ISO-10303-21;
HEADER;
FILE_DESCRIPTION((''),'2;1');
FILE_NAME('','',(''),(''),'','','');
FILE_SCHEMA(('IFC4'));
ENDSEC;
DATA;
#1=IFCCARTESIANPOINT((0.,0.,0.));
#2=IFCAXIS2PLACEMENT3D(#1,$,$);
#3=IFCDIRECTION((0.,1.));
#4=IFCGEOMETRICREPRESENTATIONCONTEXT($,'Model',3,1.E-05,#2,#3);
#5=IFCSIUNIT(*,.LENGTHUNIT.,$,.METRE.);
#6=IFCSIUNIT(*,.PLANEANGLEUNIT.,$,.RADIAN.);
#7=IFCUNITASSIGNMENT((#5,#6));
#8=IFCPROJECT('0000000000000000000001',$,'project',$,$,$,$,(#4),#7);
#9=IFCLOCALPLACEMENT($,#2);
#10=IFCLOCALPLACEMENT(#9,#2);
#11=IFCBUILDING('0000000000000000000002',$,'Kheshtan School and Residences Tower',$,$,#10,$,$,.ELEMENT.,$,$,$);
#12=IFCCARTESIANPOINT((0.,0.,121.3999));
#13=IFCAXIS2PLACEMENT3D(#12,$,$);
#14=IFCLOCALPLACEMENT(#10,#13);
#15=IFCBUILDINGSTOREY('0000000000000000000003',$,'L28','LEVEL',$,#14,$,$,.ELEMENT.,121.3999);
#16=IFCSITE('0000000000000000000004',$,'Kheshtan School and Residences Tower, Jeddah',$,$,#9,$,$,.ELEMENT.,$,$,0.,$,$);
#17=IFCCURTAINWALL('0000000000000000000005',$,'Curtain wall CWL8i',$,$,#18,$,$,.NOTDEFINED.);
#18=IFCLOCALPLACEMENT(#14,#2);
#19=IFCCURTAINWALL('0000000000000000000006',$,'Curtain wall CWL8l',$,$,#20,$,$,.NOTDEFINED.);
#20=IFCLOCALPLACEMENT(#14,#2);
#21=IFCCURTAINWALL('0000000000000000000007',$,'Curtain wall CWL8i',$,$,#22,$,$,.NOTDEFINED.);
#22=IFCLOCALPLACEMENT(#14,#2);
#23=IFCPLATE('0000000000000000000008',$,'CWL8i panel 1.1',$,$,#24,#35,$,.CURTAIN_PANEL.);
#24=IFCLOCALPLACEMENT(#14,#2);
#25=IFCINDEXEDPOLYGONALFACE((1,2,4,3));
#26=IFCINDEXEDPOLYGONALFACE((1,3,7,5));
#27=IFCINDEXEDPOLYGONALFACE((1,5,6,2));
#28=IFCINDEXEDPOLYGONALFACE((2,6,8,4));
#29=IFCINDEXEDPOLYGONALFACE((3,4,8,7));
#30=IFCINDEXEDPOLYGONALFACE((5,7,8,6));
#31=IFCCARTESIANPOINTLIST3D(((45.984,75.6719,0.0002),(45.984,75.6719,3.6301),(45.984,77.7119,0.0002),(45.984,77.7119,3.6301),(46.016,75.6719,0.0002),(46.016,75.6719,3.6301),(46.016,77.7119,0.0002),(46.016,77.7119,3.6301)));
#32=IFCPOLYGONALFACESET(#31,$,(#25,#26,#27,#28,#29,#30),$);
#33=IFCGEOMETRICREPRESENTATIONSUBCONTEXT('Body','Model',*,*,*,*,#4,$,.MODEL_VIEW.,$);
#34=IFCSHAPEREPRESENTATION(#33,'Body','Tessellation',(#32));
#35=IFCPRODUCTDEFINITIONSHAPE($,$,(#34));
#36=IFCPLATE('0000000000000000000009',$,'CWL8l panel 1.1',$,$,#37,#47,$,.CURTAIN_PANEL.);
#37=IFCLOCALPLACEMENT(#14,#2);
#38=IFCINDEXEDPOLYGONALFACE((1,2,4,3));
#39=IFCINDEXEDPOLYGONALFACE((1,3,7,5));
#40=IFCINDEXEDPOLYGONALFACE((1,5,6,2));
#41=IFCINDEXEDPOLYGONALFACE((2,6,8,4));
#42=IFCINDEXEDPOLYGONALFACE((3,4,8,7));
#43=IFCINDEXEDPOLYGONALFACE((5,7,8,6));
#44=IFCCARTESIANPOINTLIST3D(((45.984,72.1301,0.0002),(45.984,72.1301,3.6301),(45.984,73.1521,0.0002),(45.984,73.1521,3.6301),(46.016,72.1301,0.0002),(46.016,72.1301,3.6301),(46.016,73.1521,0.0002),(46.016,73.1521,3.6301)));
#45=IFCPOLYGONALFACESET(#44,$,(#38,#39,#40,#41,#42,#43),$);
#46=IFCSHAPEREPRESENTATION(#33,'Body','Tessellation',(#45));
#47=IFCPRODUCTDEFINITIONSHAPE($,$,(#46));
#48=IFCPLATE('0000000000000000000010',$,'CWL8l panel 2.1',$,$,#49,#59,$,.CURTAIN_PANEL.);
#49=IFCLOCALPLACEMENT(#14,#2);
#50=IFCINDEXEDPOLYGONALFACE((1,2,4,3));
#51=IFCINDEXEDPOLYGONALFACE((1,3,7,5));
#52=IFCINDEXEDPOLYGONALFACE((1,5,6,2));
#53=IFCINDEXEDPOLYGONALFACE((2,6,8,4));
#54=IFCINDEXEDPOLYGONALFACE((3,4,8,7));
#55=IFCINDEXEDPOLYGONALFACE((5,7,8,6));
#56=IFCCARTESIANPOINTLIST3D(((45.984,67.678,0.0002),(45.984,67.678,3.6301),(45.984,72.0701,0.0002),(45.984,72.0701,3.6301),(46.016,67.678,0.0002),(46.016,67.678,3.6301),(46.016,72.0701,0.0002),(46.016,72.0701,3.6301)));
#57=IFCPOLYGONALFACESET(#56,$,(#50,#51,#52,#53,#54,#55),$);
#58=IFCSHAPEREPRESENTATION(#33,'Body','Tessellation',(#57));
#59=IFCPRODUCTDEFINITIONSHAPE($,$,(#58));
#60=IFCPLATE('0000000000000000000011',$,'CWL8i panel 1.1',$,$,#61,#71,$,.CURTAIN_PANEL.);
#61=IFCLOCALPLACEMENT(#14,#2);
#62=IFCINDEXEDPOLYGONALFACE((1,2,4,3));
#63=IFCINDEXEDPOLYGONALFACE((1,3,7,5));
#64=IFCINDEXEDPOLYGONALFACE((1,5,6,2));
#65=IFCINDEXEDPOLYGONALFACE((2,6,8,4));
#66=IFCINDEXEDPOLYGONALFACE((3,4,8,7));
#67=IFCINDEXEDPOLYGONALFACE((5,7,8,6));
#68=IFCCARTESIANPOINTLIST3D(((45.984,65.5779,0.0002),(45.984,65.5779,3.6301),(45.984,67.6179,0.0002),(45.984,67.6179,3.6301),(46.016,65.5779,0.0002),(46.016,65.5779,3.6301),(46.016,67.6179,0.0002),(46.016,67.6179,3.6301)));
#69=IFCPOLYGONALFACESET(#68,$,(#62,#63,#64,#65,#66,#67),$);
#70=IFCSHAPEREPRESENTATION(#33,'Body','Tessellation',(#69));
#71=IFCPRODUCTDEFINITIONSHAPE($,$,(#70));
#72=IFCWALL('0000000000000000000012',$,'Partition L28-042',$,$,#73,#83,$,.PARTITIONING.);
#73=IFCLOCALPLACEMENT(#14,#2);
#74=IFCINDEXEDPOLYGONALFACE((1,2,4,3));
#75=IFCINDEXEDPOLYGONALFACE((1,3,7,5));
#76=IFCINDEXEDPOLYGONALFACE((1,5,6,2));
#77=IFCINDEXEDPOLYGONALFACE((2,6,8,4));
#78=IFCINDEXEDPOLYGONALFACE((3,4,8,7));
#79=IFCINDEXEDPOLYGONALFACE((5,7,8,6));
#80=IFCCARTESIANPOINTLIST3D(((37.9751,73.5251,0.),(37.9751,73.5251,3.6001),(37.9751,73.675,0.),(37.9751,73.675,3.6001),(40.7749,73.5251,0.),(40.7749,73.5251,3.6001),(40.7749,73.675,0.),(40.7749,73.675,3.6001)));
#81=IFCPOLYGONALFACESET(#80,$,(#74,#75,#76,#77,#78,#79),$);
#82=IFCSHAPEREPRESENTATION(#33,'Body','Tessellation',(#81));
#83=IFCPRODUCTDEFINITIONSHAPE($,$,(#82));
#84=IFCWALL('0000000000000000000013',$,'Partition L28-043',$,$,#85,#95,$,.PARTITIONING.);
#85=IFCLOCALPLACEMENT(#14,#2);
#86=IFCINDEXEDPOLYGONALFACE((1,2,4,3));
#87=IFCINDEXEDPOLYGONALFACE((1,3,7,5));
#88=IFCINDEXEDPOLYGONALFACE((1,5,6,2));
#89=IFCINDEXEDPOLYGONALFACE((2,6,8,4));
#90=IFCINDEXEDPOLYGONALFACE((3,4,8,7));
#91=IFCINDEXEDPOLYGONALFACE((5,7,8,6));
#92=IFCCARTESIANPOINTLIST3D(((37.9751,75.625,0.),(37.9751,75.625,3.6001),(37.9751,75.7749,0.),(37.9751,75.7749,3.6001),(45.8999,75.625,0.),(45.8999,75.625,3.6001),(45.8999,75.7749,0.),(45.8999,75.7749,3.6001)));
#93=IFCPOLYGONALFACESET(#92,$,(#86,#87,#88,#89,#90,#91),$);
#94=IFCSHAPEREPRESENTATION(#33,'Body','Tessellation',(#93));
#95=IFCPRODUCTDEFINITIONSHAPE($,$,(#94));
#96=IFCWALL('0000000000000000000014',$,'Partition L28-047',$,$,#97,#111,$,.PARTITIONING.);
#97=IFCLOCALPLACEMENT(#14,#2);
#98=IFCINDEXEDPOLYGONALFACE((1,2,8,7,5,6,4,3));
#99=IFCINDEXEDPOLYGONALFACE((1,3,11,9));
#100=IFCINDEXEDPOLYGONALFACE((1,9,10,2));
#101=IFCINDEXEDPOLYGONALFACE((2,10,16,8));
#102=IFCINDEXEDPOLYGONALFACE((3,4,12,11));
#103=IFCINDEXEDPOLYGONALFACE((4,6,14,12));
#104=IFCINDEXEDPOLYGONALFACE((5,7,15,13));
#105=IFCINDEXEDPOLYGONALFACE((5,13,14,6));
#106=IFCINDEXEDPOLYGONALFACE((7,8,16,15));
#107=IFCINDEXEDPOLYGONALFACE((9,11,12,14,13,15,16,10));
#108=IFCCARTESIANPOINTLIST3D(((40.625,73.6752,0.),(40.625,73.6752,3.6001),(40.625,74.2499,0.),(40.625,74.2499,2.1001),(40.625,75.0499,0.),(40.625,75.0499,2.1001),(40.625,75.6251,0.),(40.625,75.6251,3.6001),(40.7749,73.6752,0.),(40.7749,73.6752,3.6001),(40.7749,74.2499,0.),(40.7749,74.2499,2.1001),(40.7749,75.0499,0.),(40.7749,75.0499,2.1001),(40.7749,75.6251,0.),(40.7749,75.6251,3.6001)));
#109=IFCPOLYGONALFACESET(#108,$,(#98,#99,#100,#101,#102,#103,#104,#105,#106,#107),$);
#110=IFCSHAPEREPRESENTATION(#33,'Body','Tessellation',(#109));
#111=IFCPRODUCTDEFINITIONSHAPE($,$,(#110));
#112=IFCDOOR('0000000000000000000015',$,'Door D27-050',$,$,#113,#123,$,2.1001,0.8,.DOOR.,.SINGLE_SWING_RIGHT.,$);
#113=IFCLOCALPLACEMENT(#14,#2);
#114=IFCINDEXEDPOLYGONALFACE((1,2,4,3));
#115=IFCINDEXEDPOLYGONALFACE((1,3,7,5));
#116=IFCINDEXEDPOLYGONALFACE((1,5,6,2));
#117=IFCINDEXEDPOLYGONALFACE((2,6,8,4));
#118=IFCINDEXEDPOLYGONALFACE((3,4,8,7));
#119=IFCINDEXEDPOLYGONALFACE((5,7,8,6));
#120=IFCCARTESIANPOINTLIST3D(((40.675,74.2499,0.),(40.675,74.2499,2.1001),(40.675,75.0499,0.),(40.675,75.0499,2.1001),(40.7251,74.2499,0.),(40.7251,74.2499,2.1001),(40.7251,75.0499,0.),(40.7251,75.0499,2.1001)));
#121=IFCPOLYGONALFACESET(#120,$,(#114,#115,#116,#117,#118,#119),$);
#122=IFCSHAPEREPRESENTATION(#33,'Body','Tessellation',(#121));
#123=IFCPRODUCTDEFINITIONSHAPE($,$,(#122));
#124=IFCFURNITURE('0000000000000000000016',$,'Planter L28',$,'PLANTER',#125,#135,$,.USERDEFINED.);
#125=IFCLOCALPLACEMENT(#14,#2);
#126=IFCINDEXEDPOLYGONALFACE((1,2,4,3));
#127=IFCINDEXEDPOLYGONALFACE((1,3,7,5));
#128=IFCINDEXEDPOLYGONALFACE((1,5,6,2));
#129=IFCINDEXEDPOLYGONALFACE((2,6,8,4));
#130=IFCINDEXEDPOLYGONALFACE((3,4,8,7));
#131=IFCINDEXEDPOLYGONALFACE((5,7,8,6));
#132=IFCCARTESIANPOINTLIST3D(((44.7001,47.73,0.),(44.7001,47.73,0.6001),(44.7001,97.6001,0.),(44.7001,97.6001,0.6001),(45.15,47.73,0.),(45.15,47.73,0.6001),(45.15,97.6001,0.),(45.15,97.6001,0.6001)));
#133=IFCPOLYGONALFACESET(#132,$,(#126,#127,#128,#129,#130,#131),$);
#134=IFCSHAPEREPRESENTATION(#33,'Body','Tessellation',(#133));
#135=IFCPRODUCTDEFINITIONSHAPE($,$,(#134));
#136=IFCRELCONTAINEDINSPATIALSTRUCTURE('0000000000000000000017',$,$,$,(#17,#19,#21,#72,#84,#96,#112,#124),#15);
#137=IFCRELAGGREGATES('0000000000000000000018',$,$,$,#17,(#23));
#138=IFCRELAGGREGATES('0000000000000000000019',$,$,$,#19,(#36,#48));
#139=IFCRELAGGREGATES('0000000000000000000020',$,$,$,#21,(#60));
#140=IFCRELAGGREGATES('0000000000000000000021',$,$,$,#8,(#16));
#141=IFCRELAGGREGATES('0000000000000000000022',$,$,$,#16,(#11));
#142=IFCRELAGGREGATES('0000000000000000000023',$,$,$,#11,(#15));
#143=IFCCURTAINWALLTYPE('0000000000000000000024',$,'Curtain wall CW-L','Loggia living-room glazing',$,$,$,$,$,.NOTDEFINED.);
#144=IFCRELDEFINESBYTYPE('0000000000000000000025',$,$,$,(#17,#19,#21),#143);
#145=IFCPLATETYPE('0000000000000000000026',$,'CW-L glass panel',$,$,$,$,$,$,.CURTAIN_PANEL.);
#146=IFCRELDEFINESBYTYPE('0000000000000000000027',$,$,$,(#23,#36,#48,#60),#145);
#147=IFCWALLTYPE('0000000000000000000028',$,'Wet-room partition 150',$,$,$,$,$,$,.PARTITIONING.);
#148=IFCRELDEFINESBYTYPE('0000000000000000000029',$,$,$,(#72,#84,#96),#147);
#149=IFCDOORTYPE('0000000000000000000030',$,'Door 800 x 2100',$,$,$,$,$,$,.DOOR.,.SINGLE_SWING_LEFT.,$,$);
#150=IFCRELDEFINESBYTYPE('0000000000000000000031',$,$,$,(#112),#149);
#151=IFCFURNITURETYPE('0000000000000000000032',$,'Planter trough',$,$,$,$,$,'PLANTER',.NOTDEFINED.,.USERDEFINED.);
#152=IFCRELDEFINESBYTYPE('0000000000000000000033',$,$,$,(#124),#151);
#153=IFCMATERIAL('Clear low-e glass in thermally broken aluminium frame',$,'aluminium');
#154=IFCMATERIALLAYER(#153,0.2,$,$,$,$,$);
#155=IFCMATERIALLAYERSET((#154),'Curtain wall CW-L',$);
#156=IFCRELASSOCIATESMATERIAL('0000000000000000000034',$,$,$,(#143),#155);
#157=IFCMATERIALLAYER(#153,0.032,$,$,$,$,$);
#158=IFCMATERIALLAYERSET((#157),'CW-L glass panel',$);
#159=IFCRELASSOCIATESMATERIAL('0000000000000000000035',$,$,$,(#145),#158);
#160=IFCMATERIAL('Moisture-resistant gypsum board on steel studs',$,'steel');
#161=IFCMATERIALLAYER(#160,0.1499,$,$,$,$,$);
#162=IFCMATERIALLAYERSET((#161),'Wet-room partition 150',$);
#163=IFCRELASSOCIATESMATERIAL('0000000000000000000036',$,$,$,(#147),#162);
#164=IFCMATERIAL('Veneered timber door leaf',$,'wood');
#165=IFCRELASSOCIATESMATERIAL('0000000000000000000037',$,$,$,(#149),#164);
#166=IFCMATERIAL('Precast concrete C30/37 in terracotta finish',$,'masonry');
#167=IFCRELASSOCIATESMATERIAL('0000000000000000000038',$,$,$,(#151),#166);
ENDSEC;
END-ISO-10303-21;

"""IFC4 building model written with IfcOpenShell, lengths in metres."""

from ifc_helpers import new_model, si_unit, direction, frame, frame_2d, origin, origin_2d, place, context, subcontext, project, spatial, rectangle, extrude, source, transform, mapped, material, layer, layer_set, type_object, element, fill, aggregate, save


model = new_model("IFC4")

# Units and contexts
model_context = context("Model", 3, precision=1e-05, world=origin(), true_north=direction((0.0, 1.0)))
body_context = subcontext(model_context, "Body", "Model", "MODEL_VIEW")
ifc_project = project(units=[si_unit("LENGTHUNIT", "METRE"), si_unit("PLANEANGLEUNIT", "RADIAN")], contexts=[model_context])

# Site, building, storey
site_placement = place(None, origin())
site = spatial("IfcSite", under=ifc_project, at=site_placement, Name="Kheshtan School and Residences Tower, Jeddah", CompositionType="ELEMENT", RefElevation=0.0)
building_placement = place(site_placement, origin())
building = spatial("IfcBuilding", under=site, at=building_placement, Name="Kheshtan School and Residences Tower", CompositionType="ELEMENT")
storey_placement = place(building_placement, frame((0.0, 0.0, 121.3999)))
storey = spatial("IfcBuildingStorey", under=building, at=storey_placement, Name="L28", Description="LEVEL", CompositionType="ELEMENT", Elevation=121.3999)

# Curtain wall
ifc_material_1 = material(Name="Clear low-e glass in thermally broken aluminium frame", Category="aluminium")
ifc_layer_1 = layer(ifc_material_1, 0.2)
ifc_layer_set_1 = layer_set([ifc_layer_1], Name="Curtain wall CW-L")
curtain_wall_type = type_object("IfcCurtainWallType", Name="Curtain wall CW-L", Description="Loggia living-room glazing", PredefinedType="NOTDEFINED", material=ifc_layer_set_1)
curtain_wall_1_placement = place(storey_placement, origin())
curtain_wall_1 = element("IfcCurtainWall", 1, at=curtain_wall_1_placement, inside=storey, type_object=curtain_wall_type, Name="Curtain wall CWL8i", PredefinedType="NOTDEFINED")

# Curtain wall
curtain_wall_2_placement = place(storey_placement, origin())
curtain_wall_2 = element("IfcCurtainWall", 2, at=curtain_wall_2_placement, inside=storey, type_object=curtain_wall_type, Name="Curtain wall CWL8l", PredefinedType="NOTDEFINED")

# Curtain wall
curtain_wall_3_placement = place(storey_placement, origin())
curtain_wall_3 = element("IfcCurtainWall", 3, at=curtain_wall_3_placement, inside=storey, type_object=curtain_wall_type, Name="Curtain wall CWL8i", PredefinedType="NOTDEFINED")

# Plates
ifc_layer_2 = layer(ifc_material_1, 0.032)
ifc_layer_set_2 = layer_set([ifc_layer_2], Name="CW-L glass panel")
plate_type = type_object("IfcPlateType", Name="CW-L glass panel", PredefinedType="CURTAIN_PANEL", material=ifc_layer_set_2)
plate_1_placement = place(storey_placement, frame((46.0, 76.6919, 0.0002), z_axis=(0.0, 0.0, 1.0), x_axis=(0.0, -1.0, 0.0)))
plate_1 = element("IfcPlate", 4, at=plate_1_placement, type_object=plate_type, Name="CWL8i panel 1.1", PredefinedType="CURTAIN_PANEL", context=body_context, shape_type="SweptSolid", body=[
    extrude(rectangle(XDim=2.04, YDim=0.032, at=origin_2d()), origin(), (0.0, 0.0, 1.0), 3.6299),
])
aggregate(curtain_wall_1, [plate_1])
plate_2_placement = place(storey_placement, frame((46.0, 72.6411, 0.0002), z_axis=(0.0, 0.0, 1.0), x_axis=(0.0, -1.0, 0.0)))
plate_2 = element("IfcPlate", 5, at=plate_2_placement, type_object=plate_type, Name="CWL8l panel 1.1", PredefinedType="CURTAIN_PANEL", context=body_context, shape_type="SweptSolid", body=[
    extrude(rectangle(XDim=1.022, YDim=0.032, at=origin_2d()), origin(), (0.0, 0.0, 1.0), 3.6299),
])
plate_3_placement = place(storey_placement, frame((46.0, 69.874, 0.0002), z_axis=(0.0, 0.0, 1.0), x_axis=(0.0, -1.0, 0.0)))
plate_3 = element("IfcPlate", 6, at=plate_3_placement, type_object=plate_type, Name="CWL8l panel 2.1", PredefinedType="CURTAIN_PANEL", context=body_context, shape_type="SweptSolid", body=[
    extrude(rectangle(XDim=4.3921, YDim=0.032, at=origin_2d()), origin(), (0.0, 0.0, 1.0), 3.6299),
])
aggregate(curtain_wall_2, [plate_2, plate_3])
plate_4_placement = place(storey_placement, frame((46.0, 66.5979, 0.0002), z_axis=(0.0, 0.0, 1.0), x_axis=(0.0, -1.0, 0.0)))
plate_4 = element("IfcPlate", 7, at=plate_4_placement, type_object=plate_type, Name="CWL8i panel 1.1", PredefinedType="CURTAIN_PANEL", context=body_context, shape_type="SweptSolid", body=[
    extrude(rectangle(XDim=2.04, YDim=0.032, at=origin_2d()), origin(), (0.0, 0.0, 1.0), 3.6299),
])
aggregate(curtain_wall_3, [plate_4])

# Walls
ifc_material_2 = material(Name="Moisture-resistant gypsum board on steel studs", Category="steel")
ifc_layer_3 = layer(ifc_material_2, 0.1499)
ifc_layer_set_3 = layer_set([ifc_layer_3], Name="Wet-room partition 150")
wall_type_1 = type_object("IfcWallType", Name="Wet-room partition 150", PredefinedType="PARTITIONING", material=ifc_layer_set_3)
wall_1_placement = place(storey_placement, frame((37.9751, 73.6001, 0.0), z_axis=(0.0, 0.0, 1.0), x_axis=(1.0, 0.0, 0.0)))
element("IfcWall", 8, at=wall_1_placement, inside=storey, type_object=wall_type_1, Name="Partition L28-042", PredefinedType="PARTITIONING", context=body_context, shape_type="SweptSolid", body=[
    extrude(rectangle(XDim=2.7998, YDim=0.1499, at=frame_2d((1.3999, 0.0))), origin(), (0.0, 0.0, 1.0), 3.6001),
])
wall_2_placement = place(storey_placement, frame((37.9751, 75.7, 0.0), z_axis=(0.0, 0.0, 1.0), x_axis=(1.0, 0.0, 0.0)))
element("IfcWall", 9, at=wall_2_placement, inside=storey, type_object=wall_type_1, Name="Partition L28-043", PredefinedType="PARTITIONING", context=body_context, shape_type="SweptSolid", body=[
    extrude(rectangle(XDim=7.9248, YDim=0.1499, at=frame_2d((3.9624, 0.0))), origin(), (0.0, 0.0, 1.0), 3.6001),
])

# Wall, opening, door
wall_3_placement = place(storey_placement, frame((40.7, 73.675, 0.0), z_axis=(0.0, 0.0, 1.0), x_axis=(0.0, 1.0, 0.0)))
wall_3 = element("IfcWall", 10, at=wall_3_placement, inside=storey, type_object=wall_type_1, Name="Partition L28-047", PredefinedType="PARTITIONING", context=body_context, shape_type="SweptSolid", body=[
    extrude(rectangle(XDim=1.95, YDim=0.1499, at=frame_2d((0.9751, 0.0))), origin(), (0.0, 0.0, 1.0), 3.6001),
])
opening_1_placement = place(wall_3_placement, frame((0.575, 0.0, 0.0)))
opening_1 = element("IfcOpeningElement", 11, at=opening_1_placement, cuts=wall_3, PredefinedType="OPENING", context=body_context, shape_type="SweptSolid", body=[
    extrude(rectangle(XDim=0.8, YDim=2.1001, at=frame_2d((0.3999, 1.05))), frame((0.0, 0.085, 0.0), z_axis=(0.0, -1.0, 0.0), x_axis=(1.0, 0.0, 0.0)), (0.0, 0.0, 1.0), 0.1699),
])
ifc_material_3 = material(Name="Veneered timber door leaf", Category="wood")
door_type_1 = type_object("IfcDoorType", Name="Door 800 x 2100", OperationType="SINGLE_SWING_LEFT", PredefinedType="DOOR", material=ifc_material_3)
shared_shape_1 = source(origin(), body_context, "Body", "SweptSolid", [
    extrude(rectangle(XDim=0.8, YDim=2.1001, at=frame_2d((0.3999, 1.05))), frame((0.0, 0.0249, 0.0), z_axis=(0.0, -1.0, 0.0), x_axis=(1.0, 0.0, 0.0)), (0.0, 0.0, 1.0), 0.05),
])
door_1_placement = place(opening_1_placement, origin())
door_1 = element("IfcDoor", 12, at=door_1_placement, inside=storey, type_object=door_type_1, Name="Door D27-050", OperationType="SINGLE_SWING_RIGHT", OverallHeight=2.1001, OverallWidth=0.8, PredefinedType="DOOR", context=body_context, shape_type="MappedRepresentation", body=[
    mapped(shared_shape_1, transform((0.0, 0.0, 0.0), x_axis=(1.0, 0.0, 0.0), y_axis=(0.0, 1.0, 0.0), z_axis=(0.0, 0.0, 1.0), scale=1.0)),
])
fill(opening_1, door_1)

# Furniture
ifc_material_4 = material(Name="Precast concrete C30/37 in terracotta finish", Category="masonry")
furniture_type = type_object("IfcFurnitureType", Name="Planter trough", ElementType="PLANTER", AssemblyPlace="NOTDEFINED", PredefinedType="USERDEFINED", material=ifc_material_4)
furniture_placement = place(storey_placement, frame((44.925, 72.665, 0.0), z_axis=(0.0, 0.0, 1.0), x_axis=(0.0, -1.0, 0.0)))
element("IfcFurniture", 13, at=furniture_placement, inside=storey, type_object=furniture_type, Name="Planter L28", ObjectType="PLANTER", PredefinedType="USERDEFINED", context=body_context, shape_type="SweptSolid", body=[
    extrude(rectangle(XDim=49.8701, YDim=0.45, at=origin_2d()), origin(), (0.0, 0.0, 1.0), 0.6001),
])

save(model, "model.ifc")
